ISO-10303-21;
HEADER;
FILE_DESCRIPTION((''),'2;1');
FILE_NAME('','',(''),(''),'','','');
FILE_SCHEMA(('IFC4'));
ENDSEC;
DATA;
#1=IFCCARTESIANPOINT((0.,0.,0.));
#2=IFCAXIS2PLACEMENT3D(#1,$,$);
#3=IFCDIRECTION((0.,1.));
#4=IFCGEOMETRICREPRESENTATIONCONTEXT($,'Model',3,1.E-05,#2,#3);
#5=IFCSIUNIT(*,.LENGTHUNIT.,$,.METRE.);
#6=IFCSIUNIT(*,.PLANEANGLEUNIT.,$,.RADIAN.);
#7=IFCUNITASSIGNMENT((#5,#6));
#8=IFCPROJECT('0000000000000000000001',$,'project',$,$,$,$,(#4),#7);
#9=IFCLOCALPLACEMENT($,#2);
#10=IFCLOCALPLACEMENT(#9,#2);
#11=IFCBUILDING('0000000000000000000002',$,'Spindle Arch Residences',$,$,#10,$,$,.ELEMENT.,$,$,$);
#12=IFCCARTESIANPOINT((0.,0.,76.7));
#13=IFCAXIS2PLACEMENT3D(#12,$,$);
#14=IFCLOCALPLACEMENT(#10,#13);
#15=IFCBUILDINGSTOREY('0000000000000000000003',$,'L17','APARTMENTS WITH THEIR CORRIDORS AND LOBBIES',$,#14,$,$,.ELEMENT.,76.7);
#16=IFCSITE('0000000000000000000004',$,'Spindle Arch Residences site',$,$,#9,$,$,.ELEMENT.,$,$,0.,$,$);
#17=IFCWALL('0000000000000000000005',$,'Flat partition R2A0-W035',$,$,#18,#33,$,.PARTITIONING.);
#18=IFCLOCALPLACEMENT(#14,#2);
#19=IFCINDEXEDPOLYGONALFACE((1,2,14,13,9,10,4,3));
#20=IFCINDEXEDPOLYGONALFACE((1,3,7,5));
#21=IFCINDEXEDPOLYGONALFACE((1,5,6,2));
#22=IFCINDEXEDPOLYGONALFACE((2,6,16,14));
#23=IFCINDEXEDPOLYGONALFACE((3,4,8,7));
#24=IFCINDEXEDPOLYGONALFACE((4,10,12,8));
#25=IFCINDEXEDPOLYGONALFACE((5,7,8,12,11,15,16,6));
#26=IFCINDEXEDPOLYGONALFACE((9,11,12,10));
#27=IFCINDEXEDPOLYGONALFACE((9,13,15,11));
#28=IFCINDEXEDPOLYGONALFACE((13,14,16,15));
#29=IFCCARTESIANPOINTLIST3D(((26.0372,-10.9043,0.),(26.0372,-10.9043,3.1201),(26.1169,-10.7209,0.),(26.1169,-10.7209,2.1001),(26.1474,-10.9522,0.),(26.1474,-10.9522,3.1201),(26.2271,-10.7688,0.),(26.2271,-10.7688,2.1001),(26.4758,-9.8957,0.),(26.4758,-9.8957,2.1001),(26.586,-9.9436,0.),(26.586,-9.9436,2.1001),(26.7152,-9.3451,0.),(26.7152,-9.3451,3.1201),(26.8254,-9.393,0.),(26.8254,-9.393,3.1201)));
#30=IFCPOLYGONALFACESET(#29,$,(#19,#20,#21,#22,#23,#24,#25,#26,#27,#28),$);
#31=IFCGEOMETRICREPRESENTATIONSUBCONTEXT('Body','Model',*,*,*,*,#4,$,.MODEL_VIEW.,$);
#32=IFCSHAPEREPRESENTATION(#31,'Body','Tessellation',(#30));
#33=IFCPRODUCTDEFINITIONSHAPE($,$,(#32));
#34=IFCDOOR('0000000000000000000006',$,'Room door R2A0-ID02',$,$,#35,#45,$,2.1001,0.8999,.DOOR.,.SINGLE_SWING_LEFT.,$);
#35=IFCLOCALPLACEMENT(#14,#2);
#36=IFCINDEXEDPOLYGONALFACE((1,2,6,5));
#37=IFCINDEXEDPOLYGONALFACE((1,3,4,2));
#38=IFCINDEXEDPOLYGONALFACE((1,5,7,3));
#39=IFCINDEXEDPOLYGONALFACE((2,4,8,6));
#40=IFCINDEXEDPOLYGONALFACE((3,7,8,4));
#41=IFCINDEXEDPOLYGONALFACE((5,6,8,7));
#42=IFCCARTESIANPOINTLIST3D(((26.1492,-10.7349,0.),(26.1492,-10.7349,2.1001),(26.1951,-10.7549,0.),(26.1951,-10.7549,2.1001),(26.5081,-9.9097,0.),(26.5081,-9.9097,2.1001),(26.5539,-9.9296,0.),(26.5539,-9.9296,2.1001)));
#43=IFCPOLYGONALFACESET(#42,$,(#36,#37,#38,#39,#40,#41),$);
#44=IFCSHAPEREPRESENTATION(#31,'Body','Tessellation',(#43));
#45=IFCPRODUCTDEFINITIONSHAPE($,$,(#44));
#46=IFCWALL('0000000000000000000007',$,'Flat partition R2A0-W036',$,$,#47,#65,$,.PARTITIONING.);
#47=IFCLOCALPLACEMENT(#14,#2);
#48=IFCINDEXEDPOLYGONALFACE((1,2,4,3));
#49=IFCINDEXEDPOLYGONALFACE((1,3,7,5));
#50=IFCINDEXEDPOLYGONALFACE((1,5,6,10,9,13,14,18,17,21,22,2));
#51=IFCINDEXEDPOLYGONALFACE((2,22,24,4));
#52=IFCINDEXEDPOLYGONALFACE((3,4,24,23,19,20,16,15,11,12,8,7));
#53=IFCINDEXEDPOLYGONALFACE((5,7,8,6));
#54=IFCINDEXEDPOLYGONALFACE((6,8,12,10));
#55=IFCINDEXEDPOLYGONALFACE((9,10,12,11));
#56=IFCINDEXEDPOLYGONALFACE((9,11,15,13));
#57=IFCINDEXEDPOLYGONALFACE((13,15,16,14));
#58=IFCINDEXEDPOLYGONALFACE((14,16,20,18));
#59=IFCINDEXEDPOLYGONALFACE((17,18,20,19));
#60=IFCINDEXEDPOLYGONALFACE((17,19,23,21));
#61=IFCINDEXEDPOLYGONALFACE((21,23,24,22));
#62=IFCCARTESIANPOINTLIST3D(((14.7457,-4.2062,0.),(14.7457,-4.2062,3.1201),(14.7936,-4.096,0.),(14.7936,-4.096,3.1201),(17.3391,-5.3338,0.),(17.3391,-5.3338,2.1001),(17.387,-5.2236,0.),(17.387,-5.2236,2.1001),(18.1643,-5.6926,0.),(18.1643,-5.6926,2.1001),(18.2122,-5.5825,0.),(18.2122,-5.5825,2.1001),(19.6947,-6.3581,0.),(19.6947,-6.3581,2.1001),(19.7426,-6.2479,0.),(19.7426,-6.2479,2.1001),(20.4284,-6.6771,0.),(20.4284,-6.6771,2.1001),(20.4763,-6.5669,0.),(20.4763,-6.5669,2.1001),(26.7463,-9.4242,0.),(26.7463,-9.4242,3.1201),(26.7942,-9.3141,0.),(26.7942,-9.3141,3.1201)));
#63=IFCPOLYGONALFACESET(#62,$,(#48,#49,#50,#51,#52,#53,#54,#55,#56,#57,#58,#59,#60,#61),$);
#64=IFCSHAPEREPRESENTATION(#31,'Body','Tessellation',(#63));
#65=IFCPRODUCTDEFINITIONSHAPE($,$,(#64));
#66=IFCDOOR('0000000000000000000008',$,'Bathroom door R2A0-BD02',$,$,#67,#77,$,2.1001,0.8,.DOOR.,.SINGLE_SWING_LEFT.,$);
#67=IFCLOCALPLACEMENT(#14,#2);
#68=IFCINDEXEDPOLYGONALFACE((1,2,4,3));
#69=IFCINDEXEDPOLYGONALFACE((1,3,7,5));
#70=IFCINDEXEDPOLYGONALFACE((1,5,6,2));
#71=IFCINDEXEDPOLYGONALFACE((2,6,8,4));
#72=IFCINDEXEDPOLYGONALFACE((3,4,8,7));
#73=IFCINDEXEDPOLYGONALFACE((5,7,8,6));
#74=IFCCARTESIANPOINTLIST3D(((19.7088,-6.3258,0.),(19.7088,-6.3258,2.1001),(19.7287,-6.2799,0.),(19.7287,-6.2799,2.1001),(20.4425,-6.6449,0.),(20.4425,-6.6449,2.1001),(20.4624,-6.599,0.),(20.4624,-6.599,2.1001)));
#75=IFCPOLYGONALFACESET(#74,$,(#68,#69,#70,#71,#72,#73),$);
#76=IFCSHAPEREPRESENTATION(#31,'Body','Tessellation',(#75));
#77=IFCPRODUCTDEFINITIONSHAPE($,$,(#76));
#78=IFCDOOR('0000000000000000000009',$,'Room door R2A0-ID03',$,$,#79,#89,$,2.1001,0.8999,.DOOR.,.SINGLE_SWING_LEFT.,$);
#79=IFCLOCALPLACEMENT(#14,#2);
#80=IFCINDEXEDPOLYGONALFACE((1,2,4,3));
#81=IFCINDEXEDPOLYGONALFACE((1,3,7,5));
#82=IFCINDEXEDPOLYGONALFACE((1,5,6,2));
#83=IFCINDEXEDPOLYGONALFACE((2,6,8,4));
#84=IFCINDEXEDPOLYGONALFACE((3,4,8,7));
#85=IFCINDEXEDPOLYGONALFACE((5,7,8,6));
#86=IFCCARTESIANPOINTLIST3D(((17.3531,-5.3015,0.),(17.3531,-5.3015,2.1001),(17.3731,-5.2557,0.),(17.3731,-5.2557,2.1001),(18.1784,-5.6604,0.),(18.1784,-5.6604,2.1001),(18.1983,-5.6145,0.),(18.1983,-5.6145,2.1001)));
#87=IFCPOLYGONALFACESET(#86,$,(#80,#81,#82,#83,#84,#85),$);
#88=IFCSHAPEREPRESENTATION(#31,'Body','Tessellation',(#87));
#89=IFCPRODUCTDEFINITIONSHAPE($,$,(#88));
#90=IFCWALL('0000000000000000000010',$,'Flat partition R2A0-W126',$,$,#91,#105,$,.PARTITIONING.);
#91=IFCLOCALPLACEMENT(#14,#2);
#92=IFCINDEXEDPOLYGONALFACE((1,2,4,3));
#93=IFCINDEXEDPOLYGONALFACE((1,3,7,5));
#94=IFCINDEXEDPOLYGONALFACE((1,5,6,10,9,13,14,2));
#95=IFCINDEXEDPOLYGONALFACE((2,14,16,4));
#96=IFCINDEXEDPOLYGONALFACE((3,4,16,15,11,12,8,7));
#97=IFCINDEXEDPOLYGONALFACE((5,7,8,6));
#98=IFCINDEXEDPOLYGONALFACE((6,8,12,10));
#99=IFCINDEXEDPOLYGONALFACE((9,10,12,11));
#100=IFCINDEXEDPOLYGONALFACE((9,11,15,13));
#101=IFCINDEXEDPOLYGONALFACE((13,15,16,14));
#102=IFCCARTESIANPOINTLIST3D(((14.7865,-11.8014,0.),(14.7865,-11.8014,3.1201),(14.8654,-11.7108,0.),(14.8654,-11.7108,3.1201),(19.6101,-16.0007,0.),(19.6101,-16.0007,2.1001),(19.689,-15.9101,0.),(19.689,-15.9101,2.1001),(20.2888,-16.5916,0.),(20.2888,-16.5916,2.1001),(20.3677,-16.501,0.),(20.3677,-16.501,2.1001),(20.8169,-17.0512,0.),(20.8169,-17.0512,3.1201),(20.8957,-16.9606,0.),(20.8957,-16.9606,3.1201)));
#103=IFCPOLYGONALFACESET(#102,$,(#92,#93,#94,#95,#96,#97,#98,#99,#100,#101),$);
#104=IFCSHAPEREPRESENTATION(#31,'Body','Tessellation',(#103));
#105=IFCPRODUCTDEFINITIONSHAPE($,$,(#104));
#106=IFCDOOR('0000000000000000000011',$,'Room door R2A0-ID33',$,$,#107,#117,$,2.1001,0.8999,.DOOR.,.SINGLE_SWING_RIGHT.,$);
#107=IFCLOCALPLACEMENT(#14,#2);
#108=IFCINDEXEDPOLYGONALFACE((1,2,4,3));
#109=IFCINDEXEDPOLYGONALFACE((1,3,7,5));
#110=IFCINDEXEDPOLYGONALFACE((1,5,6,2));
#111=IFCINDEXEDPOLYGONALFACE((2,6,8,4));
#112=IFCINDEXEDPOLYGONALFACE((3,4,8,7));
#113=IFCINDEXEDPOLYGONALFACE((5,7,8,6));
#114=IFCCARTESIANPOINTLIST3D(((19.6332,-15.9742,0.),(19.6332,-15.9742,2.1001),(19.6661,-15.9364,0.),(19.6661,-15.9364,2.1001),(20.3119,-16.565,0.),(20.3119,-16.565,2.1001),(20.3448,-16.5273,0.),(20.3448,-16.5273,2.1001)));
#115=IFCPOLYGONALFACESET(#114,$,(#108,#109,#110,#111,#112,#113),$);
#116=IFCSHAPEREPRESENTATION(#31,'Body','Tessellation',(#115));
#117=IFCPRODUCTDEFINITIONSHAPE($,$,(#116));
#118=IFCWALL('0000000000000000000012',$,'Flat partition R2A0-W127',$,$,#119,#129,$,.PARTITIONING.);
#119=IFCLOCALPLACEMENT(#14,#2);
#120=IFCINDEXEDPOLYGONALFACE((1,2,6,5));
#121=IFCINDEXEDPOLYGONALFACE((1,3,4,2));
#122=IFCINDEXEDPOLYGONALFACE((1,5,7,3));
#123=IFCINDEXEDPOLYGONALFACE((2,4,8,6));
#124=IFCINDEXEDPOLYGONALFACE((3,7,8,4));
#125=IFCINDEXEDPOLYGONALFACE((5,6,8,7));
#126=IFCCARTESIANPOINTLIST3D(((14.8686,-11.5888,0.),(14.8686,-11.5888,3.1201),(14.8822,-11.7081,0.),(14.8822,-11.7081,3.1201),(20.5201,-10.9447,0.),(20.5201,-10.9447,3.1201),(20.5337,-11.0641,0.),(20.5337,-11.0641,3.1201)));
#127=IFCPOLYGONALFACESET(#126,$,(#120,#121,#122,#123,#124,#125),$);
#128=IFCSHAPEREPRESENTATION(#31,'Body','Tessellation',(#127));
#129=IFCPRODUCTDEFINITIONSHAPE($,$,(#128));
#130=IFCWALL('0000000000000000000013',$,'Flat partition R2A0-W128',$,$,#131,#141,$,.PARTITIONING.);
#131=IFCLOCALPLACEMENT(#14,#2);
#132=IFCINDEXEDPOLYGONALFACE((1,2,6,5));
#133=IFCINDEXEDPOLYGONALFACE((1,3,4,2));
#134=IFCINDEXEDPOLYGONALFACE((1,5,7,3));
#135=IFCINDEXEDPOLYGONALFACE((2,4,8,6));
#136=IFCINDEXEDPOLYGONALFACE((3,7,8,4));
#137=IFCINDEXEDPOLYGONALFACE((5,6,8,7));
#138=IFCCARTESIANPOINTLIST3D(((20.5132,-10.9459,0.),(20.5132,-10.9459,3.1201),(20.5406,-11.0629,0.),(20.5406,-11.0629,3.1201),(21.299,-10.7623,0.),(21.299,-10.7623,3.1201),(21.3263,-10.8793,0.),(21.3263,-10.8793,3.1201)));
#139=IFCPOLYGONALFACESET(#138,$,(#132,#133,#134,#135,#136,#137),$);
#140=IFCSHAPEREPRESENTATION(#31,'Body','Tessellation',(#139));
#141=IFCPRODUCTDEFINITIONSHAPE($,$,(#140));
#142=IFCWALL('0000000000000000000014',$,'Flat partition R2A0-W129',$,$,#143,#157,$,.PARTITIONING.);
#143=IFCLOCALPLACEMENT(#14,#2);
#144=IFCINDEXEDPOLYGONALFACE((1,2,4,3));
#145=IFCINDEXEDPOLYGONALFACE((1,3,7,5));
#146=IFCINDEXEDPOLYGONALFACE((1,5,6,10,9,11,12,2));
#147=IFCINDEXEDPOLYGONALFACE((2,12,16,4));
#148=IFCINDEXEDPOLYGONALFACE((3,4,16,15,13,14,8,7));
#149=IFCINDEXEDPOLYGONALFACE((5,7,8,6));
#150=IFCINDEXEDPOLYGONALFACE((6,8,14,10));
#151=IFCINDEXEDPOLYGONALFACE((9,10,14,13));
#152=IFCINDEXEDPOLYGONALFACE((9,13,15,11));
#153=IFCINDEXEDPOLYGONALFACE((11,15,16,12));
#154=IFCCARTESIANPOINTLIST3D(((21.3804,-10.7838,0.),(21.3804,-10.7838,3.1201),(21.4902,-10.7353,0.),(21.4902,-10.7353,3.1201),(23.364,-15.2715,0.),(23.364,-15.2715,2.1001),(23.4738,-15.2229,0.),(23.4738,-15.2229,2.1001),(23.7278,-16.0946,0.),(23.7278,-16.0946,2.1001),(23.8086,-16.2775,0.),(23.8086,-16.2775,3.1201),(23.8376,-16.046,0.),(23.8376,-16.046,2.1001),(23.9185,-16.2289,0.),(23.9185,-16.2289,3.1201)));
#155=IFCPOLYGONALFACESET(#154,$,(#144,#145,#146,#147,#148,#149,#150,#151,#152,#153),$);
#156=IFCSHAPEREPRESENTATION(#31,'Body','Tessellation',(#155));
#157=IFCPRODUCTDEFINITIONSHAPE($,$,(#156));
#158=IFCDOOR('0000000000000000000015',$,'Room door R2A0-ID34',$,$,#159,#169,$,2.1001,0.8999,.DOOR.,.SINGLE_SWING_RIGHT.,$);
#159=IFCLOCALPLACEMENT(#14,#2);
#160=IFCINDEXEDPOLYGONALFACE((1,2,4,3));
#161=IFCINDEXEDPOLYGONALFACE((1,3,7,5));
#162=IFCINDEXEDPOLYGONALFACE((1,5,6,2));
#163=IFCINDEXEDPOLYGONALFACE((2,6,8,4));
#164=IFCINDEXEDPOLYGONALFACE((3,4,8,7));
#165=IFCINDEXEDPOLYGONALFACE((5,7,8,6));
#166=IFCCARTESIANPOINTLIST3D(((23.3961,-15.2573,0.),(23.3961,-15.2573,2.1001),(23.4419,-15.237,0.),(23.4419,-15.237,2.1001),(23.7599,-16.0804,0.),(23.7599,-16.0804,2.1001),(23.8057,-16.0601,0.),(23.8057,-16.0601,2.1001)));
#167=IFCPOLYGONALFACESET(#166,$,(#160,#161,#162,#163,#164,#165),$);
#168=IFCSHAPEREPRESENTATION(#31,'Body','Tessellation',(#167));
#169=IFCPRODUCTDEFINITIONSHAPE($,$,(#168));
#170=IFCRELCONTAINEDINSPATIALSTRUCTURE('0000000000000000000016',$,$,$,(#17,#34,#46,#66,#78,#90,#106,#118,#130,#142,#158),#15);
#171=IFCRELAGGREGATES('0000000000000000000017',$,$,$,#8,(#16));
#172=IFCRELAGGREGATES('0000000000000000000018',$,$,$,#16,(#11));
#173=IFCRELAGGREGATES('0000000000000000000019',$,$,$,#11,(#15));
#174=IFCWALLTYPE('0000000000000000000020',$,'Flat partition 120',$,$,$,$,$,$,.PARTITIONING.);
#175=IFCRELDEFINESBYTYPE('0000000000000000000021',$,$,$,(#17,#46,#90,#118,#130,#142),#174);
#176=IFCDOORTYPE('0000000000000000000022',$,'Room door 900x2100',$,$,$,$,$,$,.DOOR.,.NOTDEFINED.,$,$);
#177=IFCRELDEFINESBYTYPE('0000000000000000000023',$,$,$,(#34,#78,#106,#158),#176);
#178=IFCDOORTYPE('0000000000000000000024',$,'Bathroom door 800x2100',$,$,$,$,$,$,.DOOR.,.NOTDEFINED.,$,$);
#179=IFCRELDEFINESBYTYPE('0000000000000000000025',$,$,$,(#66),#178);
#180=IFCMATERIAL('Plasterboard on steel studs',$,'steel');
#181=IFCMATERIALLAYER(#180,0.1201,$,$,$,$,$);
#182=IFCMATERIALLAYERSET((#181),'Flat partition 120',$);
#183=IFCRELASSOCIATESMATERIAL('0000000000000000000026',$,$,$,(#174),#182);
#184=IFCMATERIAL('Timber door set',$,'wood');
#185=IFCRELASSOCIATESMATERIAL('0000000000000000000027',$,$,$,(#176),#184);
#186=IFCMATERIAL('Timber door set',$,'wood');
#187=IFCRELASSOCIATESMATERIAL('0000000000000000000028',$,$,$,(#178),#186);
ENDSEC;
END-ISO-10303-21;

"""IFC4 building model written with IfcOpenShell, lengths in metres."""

from ifc_helpers import new_model, si_unit, direction, frame, frame_2d, origin, place, context, subcontext, project, spatial, rectangle, extrude, material, layer, layer_set, type_object, element, fill, save


model = new_model("IFC4")

# Units and contexts
model_context = context("Model", 3, precision=1e-05, world=origin(), true_north=direction((0.0, 1.0)))
body_context = subcontext(model_context, "Body", "Model", "MODEL_VIEW")
ifc_project = project(units=[si_unit("LENGTHUNIT", "METRE"), si_unit("PLANEANGLEUNIT", "RADIAN")], contexts=[model_context])

# Site, building, storey
site_placement = place(None, origin())
site = spatial("IfcSite", under=ifc_project, at=site_placement, Name="Spindle Arch Residences site", CompositionType="ELEMENT", RefElevation=0.0)
building_placement = place(site_placement, origin())
building = spatial("IfcBuilding", under=site, at=building_placement, Name="Spindle Arch Residences", CompositionType="ELEMENT")
storey_placement = place(building_placement, frame((0.0, 0.0, 76.7)))
storey = spatial("IfcBuildingStorey", under=building, at=storey_placement, Name="L17", Description="APARTMENTS WITH THEIR CORRIDORS AND LOBBIES", CompositionType="ELEMENT", Elevation=76.7)

# Shared definitions
ifc_material_1 = material(Name="Plasterboard on steel studs", Category="steel")
ifc_layer_1 = layer(ifc_material_1, 0.1201)
ifc_layer_set_1 = layer_set([ifc_layer_1], Name="Flat partition 120")
wall_type_1 = type_object("IfcWallType", Name="Flat partition 120", PredefinedType="PARTITIONING", material=ifc_layer_set_1)

# Wall, opening, door
wall_1_placement = place(storey_placement, frame((26.0923, -10.9282, 0.0), z_axis=(0.0, 0.0, 1.0), x_axis=(0.398784, 0.917045, 0.0)))
wall_1 = element("IfcWall", 1, at=wall_1_placement, inside=storey, type_object=wall_type_1, Name="Flat partition R2A0-W035", PredefinedType="PARTITIONING", context=body_context, shape_type="SweptSolid", body=[
    extrude(rectangle(XDim=1.7002, YDim=0.1201, at=frame_2d((0.8501, 0.0))), origin(), (0.0, 0.0, 1.0), 3.1201),
])
opening_1_placement = place(wall_1_placement, frame((0.2, 0.0, 0.0)))
opening_1 = element("IfcOpeningElement", 2, at=opening_1_placement, cuts=wall_1, PredefinedType="OPENING", context=body_context, shape_type="SweptSolid", body=[
    extrude(rectangle(XDim=0.8999, YDim=2.1001, at=frame_2d((0.45, 1.05))), frame((0.0, 0.0701, 0.0), z_axis=(0.0, -1.0, 0.0), x_axis=(1.0, 0.0, 0.0)), (0.0, 0.0, 1.0), 0.1401),
])
ifc_material_2 = material(Name="Timber door set", Category="wood")
door_type_1 = type_object("IfcDoorType", Name="Room door 900x2100", OperationType="NOTDEFINED", PredefinedType="DOOR", material=ifc_material_2)
door_1_placement = place(opening_1_placement, origin())
door_1 = element("IfcDoor", 3, at=door_1_placement, inside=storey, type_object=door_type_1, Name="Room door R2A0-ID02", OperationType="SINGLE_SWING_LEFT", OverallHeight=2.1001, OverallWidth=0.8999, PredefinedType="DOOR", context=body_context, shape_type="SweptSolid", body=[
    extrude(rectangle(XDim=0.8999, YDim=2.1001, at=frame_2d((0.45, 1.05))), frame((0.0, 0.0249, 0.0), z_axis=(0.0, -1.0, 0.0), x_axis=(1.0, 0.0, 0.0)), (0.0, 0.0, 1.0), 0.05),
])
fill(opening_1, door_1)

# Wall, openings, doors
wall_2_placement = place(storey_placement, frame((26.7703, -9.3691, 0.0), z_axis=(0.0, 0.0, 1.0), x_axis=(-0.917058, 0.398753, 0.0)))
wall_2 = element("IfcWall", 4, at=wall_2_placement, inside=storey, type_object=wall_type_1, Name="Flat partition R2A0-W036", PredefinedType="PARTITIONING", context=body_context, shape_type="SweptSolid", body=[
    extrude(rectangle(XDim=13.0859, YDim=0.1201, at=frame_2d((6.543, 0.0))), origin(), (0.0, 0.0, 1.0), 3.1201),
])
opening_2_placement = place(wall_2_placement, frame((6.8894, 0.0, 0.0)))
opening_2 = element("IfcOpeningElement", 5, at=opening_2_placement, cuts=wall_2, PredefinedType="OPENING", context=body_context, shape_type="SweptSolid", body=[
    extrude(rectangle(XDim=0.8, YDim=2.1001, at=frame_2d((0.3999, 1.05))), frame((0.0, 0.0701, 0.0), z_axis=(0.0, -1.0, 0.0), x_axis=(1.0, 0.0, 0.0)), (0.0, 0.0, 1.0), 0.1401),
])
opening_3_placement = place(wall_2_placement, frame((9.3582, 0.0, 0.0)))
opening_3 = element("IfcOpeningElement", 6, at=opening_3_placement, cuts=wall_2, PredefinedType="OPENING", context=body_context, shape_type="SweptSolid", body=[
    extrude(rectangle(XDim=0.8999, YDim=2.1001, at=frame_2d((0.45, 1.05))), frame((0.0, 0.0701, 0.0), z_axis=(0.0, -1.0, 0.0), x_axis=(1.0, 0.0, 0.0)), (0.0, 0.0, 1.0), 0.1401),
])
ifc_material_3 = material(Name="Timber door set", Category="wood")
door_type_2 = type_object("IfcDoorType", Name="Bathroom door 800x2100", OperationType="NOTDEFINED", PredefinedType="DOOR", material=ifc_material_3)
door_2_placement = place(opening_2_placement, origin())
door_2 = element("IfcDoor", 7, at=door_2_placement, inside=storey, type_object=door_type_2, Name="Bathroom door R2A0-BD02", OperationType="SINGLE_SWING_LEFT", OverallHeight=2.1001, OverallWidth=0.8, PredefinedType="DOOR", context=body_context, shape_type="SweptSolid", body=[
    extrude(rectangle(XDim=0.8, YDim=2.1001, at=frame_2d((0.3999, 1.05))), frame((0.0, 0.0249, 0.0), z_axis=(0.0, -1.0, 0.0), x_axis=(1.0, 0.0, 0.0)), (0.0, 0.0, 1.0), 0.05),
])
fill(opening_2, door_2)
door_3_placement = place(opening_3_placement, origin())
door_3 = element("IfcDoor", 8, at=door_3_placement, inside=storey, type_object=door_type_1, Name="Room door R2A0-ID03", OperationType="SINGLE_SWING_LEFT", OverallHeight=2.1001, OverallWidth=0.8999, PredefinedType="DOOR", context=body_context, shape_type="SweptSolid", body=[
    extrude(rectangle(XDim=0.8999, YDim=2.1001, at=frame_2d((0.45, 1.05))), frame((0.0, 0.0249, 0.0), z_axis=(0.0, -1.0, 0.0), x_axis=(1.0, 0.0, 0.0)), (0.0, 0.0, 1.0), 0.05),
])
fill(opening_3, door_3)

# Wall, opening, door
wall_3_placement = place(storey_placement, frame((20.8562, -17.0059, 0.0), z_axis=(0.0, 0.0, 1.0), x_axis=(-0.754231, 0.656609, 0.0)))
wall_3 = element("IfcWall", 9, at=wall_3_placement, inside=storey, type_object=wall_type_1, Name="Flat partition R2A0-W126", PredefinedType="PARTITIONING", context=body_context, shape_type="SweptSolid", body=[
    extrude(rectangle(XDim=7.9954, YDim=0.1201, at=frame_2d((3.9976, 0.0))), origin(), (0.0, 0.0, 1.0), 3.1201),
])
opening_4_placement = place(wall_3_placement, frame((0.7, 0.0, 0.0)))
opening_4 = element("IfcOpeningElement", 10, at=opening_4_placement, cuts=wall_3, PredefinedType="OPENING", context=body_context, shape_type="SweptSolid", body=[
    extrude(rectangle(XDim=0.8999, YDim=2.1001, at=frame_2d((0.45, 1.05))), frame((0.0, 0.0701, 0.0), z_axis=(0.0, -1.0, 0.0), x_axis=(1.0, 0.0, 0.0)), (0.0, 0.0, 1.0), 0.1401),
])
door_4_placement = place(opening_4_placement, origin())
door_4 = element("IfcDoor", 11, at=door_4_placement, inside=storey, type_object=door_type_1, Name="Room door R2A0-ID33", OperationType="SINGLE_SWING_RIGHT", OverallHeight=2.1001, OverallWidth=0.8999, PredefinedType="DOOR", context=body_context, shape_type="SweptSolid", body=[
    extrude(rectangle(XDim=0.8999, YDim=2.1001, at=frame_2d((0.45, 1.05))), frame((0.0, 0.0249, 0.0), z_axis=(0.0, -1.0, 0.0), x_axis=(1.0, 0.0, 0.0)), (0.0, 0.0, 1.0), 0.05),
])
fill(opening_4, door_4)

# Walls
wall_4_placement = place(storey_placement, frame((20.5269, -11.0044, 0.0), z_axis=(0.0, 0.0, 1.0), x_axis=(-0.993569, -0.113229, 0.0)))
element("IfcWall", 12, at=wall_4_placement, inside=storey, type_object=wall_type_1, Name="Flat partition R2A0-W127", PredefinedType="PARTITIONING", context=body_context, shape_type="SweptSolid", body=[
    extrude(rectangle(XDim=5.688, YDim=0.1201, at=frame_2d((2.844, 0.0))), origin(), (0.0, 0.0, 1.0), 3.1201),
])
wall_5_placement = place(storey_placement, frame((21.3125, -10.8208, 0.0), z_axis=(0.0, 0.0, 1.0), x_axis=(-0.973765, -0.227555, 0.0)))
element("IfcWall", 13, at=wall_5_placement, inside=storey, type_object=wall_type_1, Name="Flat partition R2A0-W128", PredefinedType="PARTITIONING", context=body_context, shape_type="SweptSolid", body=[
    extrude(rectangle(XDim=0.8069, YDim=0.1201, at=frame_2d((0.4033, 0.0))), origin(), (0.0, 0.0, 1.0), 3.1201),
])

# Wall, opening, door
wall_6_placement = place(storey_placement, frame((23.8635, -16.2532, 0.0), z_axis=(0.0, 0.0, 1.0), x_axis=(-0.404275, 0.914638, 0.0)))
wall_6 = element("IfcWall", 14, at=wall_6_placement, inside=storey, type_object=wall_type_1, Name="Flat partition R2A0-W129", PredefinedType="PARTITIONING", context=body_context, shape_type="SweptSolid", body=[
    extrude(rectangle(XDim=6.0063, YDim=0.1201, at=frame_2d((3.0032, 0.0))), origin(), (0.0, 0.0, 1.0), 3.1201),
])
opening_5_placement = place(wall_6_placement, frame((0.2, 0.0, 0.0)))
opening_5 = element("IfcOpeningElement", 15, at=opening_5_placement, cuts=wall_6, PredefinedType="OPENING", context=body_context, shape_type="SweptSolid", body=[
    extrude(rectangle(XDim=0.8999, YDim=2.1001, at=frame_2d((0.45, 1.05))), frame((0.0, 0.0701, 0.0), z_axis=(0.0, -1.0, 0.0), x_axis=(1.0, 0.0, 0.0)), (0.0, 0.0, 1.0), 0.1401),
])
door_5_placement = place(opening_5_placement, origin())
door_5 = element("IfcDoor", 16, at=door_5_placement, inside=storey, type_object=door_type_1, Name="Room door R2A0-ID34", OperationType="SINGLE_SWING_RIGHT", OverallHeight=2.1001, OverallWidth=0.8999, PredefinedType="DOOR", context=body_context, shape_type="SweptSolid", body=[
    extrude(rectangle(XDim=0.8999, YDim=2.1001, at=frame_2d((0.45, 1.05))), frame((0.0, 0.0249, 0.0), z_axis=(0.0, -1.0, 0.0), x_axis=(1.0, 0.0, 0.0)), (0.0, 0.0, 1.0), 0.05),
])
fill(opening_5, door_5)

save(model, "model.ifc")
